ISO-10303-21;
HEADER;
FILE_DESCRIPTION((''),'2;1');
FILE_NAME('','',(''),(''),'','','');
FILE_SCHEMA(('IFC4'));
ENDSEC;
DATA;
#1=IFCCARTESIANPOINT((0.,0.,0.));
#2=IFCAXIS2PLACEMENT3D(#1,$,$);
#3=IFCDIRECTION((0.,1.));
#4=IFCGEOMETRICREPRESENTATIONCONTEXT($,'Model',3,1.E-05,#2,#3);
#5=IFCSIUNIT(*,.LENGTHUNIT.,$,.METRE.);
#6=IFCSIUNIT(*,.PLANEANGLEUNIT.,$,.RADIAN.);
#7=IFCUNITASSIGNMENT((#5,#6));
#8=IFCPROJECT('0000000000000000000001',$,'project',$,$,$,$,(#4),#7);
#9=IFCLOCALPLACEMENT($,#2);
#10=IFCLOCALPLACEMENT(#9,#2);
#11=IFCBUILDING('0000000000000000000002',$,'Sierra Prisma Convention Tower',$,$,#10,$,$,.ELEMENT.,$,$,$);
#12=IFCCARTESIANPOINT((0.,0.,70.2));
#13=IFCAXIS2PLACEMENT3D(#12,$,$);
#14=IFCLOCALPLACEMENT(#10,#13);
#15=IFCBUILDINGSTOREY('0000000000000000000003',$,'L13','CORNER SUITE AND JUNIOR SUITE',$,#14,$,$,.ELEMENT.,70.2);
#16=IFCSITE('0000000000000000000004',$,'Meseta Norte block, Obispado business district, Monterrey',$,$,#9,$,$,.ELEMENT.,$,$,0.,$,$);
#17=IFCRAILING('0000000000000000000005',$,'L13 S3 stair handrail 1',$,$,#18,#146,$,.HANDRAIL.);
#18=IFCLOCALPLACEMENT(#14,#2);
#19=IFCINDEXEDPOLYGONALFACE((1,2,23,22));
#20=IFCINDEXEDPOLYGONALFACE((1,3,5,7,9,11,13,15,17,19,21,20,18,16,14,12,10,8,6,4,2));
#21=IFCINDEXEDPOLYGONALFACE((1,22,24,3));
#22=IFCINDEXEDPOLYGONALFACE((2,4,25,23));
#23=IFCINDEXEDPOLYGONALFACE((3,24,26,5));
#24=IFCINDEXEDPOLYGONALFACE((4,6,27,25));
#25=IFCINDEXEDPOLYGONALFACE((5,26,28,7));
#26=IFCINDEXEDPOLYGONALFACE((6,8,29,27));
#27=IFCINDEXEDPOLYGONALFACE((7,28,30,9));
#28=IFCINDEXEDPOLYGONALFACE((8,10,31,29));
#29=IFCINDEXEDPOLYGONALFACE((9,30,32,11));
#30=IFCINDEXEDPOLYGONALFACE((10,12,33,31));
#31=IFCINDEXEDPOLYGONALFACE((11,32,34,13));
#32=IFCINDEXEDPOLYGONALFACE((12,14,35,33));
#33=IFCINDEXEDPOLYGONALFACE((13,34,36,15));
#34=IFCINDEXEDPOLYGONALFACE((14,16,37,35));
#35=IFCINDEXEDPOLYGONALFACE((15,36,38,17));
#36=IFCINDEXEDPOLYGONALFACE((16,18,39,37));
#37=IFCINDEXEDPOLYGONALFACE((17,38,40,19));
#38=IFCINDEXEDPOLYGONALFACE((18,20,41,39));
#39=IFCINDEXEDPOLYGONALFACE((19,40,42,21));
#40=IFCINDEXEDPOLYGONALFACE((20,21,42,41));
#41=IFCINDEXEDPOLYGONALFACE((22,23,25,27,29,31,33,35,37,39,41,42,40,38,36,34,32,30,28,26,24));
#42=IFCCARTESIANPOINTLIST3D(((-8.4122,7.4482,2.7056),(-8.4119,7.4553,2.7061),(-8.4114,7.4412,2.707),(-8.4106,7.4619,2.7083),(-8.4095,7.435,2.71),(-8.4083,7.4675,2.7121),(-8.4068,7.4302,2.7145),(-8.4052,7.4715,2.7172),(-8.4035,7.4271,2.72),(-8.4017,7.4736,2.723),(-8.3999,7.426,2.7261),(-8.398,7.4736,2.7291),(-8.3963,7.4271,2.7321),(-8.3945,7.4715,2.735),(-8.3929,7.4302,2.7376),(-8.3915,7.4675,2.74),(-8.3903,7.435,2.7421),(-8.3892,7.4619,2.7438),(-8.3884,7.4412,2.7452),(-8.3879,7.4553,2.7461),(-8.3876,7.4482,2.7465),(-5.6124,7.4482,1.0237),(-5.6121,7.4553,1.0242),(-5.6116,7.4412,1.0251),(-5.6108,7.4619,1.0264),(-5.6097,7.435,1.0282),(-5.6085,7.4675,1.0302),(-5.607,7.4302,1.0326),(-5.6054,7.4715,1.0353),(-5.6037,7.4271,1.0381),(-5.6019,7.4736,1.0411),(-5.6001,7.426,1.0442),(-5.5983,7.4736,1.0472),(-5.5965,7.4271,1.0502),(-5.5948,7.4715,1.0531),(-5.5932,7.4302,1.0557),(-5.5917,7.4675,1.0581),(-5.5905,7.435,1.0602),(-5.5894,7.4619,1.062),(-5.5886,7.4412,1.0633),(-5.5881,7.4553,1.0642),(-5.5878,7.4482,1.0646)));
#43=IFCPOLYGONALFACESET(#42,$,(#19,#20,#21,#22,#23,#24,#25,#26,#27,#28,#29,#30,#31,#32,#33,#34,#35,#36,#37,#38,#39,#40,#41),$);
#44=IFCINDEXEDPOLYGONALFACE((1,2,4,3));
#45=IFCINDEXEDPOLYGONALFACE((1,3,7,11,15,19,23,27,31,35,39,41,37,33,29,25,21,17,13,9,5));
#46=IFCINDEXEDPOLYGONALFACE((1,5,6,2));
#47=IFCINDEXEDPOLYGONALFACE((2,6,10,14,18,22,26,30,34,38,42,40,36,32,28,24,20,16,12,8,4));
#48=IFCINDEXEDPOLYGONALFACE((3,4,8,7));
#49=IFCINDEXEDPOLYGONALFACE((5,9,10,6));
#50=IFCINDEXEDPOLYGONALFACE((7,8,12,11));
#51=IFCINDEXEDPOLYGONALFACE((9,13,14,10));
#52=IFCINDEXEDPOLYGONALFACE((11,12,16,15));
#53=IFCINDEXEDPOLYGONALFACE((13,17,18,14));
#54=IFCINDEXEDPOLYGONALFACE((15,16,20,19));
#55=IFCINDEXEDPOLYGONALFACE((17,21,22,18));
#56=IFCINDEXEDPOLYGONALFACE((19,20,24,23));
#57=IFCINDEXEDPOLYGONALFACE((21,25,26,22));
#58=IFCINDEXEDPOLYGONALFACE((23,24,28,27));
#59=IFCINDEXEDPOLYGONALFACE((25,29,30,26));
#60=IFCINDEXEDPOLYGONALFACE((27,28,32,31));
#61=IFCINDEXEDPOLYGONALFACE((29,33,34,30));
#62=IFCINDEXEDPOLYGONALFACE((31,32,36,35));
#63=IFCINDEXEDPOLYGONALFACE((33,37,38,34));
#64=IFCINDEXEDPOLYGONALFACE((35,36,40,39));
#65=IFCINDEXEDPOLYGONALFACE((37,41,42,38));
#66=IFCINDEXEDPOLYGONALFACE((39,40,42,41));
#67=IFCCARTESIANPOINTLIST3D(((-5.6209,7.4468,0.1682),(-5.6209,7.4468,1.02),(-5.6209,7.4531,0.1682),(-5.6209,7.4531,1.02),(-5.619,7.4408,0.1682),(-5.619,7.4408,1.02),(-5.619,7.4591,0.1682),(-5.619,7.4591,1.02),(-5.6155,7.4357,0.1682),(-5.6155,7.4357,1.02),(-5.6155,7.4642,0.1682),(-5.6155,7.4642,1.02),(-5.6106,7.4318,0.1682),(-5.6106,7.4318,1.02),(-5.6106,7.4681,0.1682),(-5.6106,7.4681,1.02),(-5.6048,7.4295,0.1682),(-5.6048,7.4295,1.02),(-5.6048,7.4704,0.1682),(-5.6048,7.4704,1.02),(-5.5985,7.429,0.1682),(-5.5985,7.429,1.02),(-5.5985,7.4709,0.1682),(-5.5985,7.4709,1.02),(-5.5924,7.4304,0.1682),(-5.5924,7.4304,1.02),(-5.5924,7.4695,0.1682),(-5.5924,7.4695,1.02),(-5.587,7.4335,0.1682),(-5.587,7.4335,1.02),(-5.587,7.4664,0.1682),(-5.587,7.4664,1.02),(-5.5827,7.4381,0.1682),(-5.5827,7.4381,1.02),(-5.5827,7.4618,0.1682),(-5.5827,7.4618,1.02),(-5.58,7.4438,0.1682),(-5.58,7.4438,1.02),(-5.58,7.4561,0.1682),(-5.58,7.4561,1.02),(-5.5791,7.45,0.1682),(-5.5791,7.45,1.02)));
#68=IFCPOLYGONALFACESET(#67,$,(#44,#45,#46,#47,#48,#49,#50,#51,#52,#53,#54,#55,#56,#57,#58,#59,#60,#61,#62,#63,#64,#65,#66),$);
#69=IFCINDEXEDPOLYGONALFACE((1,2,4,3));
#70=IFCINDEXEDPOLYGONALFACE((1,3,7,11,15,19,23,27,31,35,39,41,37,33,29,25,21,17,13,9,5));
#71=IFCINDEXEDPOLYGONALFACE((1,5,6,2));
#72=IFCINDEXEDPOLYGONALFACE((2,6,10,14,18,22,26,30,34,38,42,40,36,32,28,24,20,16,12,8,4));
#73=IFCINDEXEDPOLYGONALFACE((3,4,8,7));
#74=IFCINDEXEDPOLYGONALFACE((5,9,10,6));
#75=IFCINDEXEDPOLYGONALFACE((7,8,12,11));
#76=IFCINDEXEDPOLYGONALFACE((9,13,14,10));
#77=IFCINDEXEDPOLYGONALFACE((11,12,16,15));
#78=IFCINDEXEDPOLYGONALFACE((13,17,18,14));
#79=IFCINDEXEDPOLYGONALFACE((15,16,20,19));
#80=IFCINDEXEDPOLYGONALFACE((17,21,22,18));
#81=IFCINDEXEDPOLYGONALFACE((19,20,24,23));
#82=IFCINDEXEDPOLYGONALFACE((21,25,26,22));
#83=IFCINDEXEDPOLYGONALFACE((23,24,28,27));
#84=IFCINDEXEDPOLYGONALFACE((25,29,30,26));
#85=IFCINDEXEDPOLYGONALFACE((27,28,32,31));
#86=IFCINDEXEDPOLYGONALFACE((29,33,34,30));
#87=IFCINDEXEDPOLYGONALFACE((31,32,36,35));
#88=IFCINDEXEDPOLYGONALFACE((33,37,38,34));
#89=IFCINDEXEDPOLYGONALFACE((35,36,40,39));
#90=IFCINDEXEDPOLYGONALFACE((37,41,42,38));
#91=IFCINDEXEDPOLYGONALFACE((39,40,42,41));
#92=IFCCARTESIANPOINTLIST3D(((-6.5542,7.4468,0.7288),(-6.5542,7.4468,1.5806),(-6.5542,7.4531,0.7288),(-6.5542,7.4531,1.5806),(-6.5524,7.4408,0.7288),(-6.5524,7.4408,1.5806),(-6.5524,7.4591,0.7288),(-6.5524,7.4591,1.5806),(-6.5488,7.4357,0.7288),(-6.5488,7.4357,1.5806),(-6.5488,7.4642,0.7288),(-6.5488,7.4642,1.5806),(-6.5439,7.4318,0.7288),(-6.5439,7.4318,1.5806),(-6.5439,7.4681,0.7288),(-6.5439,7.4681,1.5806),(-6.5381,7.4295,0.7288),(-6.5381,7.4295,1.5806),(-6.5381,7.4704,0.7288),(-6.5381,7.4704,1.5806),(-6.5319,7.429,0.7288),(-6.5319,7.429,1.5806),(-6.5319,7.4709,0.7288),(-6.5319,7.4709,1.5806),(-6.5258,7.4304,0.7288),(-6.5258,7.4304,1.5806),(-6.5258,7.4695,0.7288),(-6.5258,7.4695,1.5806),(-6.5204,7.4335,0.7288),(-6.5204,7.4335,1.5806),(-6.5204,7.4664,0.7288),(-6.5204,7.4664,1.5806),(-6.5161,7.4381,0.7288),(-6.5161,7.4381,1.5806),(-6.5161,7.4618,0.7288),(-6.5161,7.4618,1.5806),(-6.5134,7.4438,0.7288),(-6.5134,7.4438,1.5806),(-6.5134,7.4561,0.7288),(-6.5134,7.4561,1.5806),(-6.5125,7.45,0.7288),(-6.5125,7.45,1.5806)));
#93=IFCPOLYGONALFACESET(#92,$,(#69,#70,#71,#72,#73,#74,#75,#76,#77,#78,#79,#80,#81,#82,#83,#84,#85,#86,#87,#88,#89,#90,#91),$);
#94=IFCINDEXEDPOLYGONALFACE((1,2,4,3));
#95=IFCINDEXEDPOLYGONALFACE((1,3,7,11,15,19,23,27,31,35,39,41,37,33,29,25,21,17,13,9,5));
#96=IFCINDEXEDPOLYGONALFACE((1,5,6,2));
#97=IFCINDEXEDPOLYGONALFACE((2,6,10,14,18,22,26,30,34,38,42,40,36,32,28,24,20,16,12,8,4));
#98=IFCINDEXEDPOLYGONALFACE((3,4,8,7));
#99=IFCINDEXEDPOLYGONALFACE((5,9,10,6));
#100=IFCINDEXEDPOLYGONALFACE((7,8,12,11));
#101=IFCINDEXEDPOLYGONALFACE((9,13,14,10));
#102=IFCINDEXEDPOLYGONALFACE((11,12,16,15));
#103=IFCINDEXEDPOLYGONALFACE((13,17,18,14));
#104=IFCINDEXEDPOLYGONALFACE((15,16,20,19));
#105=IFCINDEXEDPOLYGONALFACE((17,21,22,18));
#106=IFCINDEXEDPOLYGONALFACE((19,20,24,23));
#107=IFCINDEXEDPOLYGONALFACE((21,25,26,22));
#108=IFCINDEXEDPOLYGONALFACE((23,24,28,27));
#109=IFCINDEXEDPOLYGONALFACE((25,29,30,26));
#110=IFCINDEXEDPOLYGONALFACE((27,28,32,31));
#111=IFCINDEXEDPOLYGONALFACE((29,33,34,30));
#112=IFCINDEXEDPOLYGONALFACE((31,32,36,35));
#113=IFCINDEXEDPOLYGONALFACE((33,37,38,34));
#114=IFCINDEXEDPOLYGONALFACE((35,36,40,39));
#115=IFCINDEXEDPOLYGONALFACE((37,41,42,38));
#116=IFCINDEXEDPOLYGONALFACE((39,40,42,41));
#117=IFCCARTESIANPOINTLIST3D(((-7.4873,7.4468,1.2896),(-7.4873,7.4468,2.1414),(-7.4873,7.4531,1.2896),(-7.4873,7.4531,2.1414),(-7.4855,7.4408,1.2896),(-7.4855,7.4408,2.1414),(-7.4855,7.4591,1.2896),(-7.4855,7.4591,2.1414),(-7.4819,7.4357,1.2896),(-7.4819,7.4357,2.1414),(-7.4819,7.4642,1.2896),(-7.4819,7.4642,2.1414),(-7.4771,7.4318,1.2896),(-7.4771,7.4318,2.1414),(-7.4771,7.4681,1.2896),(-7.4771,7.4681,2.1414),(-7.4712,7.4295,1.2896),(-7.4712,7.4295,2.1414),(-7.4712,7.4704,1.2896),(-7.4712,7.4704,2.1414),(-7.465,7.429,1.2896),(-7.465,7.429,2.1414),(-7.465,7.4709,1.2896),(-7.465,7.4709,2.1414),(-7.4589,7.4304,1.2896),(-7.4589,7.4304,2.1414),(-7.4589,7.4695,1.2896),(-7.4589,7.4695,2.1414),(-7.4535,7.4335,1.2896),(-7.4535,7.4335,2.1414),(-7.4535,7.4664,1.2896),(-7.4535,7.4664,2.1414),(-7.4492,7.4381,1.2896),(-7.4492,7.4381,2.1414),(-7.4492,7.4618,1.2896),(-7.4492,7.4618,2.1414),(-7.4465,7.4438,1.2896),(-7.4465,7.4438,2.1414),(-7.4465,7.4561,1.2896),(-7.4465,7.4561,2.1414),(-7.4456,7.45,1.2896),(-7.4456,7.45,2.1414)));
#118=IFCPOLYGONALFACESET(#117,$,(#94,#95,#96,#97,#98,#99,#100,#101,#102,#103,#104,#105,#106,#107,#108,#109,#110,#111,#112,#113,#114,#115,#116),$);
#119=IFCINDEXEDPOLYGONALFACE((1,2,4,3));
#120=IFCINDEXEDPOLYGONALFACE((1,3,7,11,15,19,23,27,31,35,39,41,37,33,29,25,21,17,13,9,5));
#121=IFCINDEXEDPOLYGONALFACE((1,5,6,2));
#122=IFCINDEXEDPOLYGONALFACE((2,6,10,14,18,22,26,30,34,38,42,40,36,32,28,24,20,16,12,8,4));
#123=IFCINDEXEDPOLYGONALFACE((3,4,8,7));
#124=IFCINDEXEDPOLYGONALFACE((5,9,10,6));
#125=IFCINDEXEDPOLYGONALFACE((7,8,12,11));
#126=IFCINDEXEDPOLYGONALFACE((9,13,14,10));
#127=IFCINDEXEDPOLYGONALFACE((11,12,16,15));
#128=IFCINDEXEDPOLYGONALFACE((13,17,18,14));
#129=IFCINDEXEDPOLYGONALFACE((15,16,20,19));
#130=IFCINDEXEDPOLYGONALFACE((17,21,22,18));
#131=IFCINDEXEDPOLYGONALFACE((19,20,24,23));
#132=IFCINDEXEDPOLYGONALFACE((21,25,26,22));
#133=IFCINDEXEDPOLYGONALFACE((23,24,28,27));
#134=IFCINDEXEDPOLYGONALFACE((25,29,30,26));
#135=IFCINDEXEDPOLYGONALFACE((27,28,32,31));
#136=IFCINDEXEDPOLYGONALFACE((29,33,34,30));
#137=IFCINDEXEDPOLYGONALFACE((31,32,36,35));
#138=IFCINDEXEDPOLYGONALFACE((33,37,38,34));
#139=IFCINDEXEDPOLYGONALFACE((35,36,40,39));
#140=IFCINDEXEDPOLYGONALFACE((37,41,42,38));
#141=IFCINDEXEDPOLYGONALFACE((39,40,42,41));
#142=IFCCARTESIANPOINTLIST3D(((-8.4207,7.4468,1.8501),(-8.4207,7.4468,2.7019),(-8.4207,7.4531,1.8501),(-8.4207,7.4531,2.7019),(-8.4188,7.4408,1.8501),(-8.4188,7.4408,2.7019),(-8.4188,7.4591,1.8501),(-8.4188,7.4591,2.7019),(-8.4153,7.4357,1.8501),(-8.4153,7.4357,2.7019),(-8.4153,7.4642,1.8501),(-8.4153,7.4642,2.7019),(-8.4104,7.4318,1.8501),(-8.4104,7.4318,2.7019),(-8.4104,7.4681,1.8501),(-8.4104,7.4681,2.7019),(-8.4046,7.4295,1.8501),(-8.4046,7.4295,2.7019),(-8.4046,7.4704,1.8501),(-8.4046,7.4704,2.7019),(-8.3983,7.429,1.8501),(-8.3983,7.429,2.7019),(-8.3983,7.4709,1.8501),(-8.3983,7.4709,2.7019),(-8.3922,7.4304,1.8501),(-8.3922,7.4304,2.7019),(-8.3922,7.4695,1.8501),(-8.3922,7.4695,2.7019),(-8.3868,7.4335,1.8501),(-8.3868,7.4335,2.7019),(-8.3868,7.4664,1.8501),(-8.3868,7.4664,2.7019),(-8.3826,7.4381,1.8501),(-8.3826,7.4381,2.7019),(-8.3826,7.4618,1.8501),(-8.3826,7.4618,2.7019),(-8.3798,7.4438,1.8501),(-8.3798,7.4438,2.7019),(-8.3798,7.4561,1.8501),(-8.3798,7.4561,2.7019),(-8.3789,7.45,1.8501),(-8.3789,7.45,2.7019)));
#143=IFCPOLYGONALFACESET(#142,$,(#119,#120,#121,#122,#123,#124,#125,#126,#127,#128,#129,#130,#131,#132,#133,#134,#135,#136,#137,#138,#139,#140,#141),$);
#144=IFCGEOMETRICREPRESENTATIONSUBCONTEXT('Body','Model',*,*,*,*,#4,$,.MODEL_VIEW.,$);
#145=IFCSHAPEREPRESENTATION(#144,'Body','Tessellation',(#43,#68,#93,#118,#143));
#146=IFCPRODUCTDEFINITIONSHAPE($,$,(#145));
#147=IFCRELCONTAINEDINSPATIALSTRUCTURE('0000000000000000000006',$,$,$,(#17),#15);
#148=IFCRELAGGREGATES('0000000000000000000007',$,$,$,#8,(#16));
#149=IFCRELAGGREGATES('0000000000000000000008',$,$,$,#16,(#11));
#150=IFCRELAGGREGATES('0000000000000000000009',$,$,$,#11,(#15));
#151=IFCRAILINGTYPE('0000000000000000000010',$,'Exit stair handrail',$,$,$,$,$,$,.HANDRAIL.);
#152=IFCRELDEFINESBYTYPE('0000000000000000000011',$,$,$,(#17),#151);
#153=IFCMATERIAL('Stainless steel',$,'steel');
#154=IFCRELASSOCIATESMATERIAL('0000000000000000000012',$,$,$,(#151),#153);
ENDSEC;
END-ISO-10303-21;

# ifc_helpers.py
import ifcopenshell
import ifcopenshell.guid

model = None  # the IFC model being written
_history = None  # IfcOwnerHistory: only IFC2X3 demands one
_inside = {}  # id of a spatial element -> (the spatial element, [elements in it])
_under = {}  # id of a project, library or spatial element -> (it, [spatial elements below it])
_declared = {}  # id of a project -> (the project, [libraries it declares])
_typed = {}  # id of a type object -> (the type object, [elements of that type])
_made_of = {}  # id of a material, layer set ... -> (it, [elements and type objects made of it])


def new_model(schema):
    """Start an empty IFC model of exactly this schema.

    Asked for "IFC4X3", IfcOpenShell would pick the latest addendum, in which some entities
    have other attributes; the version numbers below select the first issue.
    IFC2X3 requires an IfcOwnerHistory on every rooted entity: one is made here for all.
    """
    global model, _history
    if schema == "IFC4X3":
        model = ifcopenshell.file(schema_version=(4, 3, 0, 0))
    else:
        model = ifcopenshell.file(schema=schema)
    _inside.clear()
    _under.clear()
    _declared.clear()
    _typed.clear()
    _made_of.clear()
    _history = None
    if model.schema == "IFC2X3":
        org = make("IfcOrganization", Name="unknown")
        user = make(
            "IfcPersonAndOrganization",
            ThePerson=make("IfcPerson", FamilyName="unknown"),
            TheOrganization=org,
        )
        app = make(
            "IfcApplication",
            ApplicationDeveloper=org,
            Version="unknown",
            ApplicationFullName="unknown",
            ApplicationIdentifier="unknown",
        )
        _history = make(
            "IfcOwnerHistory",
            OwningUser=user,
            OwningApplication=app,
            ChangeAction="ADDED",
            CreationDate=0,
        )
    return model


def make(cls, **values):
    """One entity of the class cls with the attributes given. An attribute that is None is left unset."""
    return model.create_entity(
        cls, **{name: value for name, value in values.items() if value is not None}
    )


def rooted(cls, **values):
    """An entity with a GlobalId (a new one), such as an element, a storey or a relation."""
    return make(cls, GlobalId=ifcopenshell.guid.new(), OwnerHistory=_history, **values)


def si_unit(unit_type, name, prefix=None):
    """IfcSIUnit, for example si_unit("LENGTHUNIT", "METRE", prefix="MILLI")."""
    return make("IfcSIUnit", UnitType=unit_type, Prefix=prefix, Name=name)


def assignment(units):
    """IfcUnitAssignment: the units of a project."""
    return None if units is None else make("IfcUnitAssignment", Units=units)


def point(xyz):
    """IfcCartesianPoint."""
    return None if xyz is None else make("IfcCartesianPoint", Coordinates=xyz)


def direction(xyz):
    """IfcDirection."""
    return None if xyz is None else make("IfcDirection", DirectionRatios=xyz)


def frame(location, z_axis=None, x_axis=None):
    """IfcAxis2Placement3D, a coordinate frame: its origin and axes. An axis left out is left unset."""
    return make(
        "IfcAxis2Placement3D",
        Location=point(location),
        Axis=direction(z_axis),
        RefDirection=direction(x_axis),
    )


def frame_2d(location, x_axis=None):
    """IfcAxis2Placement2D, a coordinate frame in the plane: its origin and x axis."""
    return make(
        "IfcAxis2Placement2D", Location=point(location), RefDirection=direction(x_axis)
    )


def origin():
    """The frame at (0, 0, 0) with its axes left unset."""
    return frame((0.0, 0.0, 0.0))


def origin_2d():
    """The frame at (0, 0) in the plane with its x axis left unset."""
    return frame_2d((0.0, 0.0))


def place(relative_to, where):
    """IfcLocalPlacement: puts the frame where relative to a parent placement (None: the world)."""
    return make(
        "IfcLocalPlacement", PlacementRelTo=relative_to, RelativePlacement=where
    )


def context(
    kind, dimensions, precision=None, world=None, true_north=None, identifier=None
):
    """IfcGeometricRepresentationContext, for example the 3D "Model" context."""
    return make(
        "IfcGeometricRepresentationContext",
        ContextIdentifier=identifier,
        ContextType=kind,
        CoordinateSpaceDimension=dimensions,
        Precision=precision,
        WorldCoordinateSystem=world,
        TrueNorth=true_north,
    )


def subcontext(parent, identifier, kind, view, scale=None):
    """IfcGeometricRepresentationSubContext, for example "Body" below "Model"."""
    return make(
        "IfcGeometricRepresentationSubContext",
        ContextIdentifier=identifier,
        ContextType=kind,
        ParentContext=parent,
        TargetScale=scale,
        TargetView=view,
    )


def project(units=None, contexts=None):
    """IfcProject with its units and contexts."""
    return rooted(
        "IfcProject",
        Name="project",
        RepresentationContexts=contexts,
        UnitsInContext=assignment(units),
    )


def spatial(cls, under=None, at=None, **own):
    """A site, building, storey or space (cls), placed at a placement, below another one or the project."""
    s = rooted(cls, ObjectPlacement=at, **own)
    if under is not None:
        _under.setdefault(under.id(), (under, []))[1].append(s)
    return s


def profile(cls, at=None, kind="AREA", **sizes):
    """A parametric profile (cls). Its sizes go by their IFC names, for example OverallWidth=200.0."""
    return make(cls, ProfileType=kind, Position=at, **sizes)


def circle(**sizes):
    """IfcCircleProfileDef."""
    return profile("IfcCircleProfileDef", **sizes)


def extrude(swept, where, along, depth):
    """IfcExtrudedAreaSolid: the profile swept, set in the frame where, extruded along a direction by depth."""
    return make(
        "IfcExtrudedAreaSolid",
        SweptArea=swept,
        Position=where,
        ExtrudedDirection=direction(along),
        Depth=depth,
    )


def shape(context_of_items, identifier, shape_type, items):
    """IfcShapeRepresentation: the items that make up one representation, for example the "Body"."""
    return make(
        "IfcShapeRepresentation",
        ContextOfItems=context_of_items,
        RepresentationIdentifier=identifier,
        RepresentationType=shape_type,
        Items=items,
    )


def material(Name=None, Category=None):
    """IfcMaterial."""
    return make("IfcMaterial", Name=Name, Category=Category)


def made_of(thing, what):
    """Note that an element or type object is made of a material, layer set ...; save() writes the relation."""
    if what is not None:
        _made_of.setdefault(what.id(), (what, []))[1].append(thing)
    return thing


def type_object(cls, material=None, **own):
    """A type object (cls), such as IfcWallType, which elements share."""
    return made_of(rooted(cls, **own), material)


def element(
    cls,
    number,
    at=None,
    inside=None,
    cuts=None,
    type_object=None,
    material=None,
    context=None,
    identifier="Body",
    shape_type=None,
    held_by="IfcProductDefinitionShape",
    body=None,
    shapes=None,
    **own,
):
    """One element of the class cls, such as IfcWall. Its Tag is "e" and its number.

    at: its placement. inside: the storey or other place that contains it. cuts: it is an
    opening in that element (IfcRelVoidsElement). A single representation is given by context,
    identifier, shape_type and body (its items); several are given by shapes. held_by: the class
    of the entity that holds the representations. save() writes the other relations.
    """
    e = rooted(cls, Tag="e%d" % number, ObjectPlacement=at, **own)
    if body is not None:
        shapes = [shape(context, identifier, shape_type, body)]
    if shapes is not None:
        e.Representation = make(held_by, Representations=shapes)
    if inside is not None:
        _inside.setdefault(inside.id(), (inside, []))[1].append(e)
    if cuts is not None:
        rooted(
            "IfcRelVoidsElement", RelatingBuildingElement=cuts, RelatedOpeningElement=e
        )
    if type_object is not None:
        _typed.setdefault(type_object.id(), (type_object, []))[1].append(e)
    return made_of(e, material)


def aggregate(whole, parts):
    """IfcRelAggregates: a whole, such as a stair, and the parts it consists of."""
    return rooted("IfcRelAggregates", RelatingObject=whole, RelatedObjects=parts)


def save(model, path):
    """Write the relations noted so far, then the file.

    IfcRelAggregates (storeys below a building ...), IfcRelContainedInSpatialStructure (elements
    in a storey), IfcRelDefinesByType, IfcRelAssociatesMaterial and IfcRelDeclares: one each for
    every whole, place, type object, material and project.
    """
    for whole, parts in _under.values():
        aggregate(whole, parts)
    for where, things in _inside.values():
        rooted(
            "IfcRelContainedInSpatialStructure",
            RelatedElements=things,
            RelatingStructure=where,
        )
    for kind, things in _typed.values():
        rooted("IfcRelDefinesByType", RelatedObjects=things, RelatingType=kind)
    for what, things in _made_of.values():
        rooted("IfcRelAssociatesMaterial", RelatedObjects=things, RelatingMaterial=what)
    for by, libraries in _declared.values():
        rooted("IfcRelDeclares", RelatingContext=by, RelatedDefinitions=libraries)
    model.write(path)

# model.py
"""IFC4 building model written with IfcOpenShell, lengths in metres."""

from ifc_helpers import new_model, si_unit, direction, frame, origin, origin_2d, place, context, subcontext, project, spatial, circle, extrude, material, type_object, element, save


model = new_model("IFC4")

# Units and contexts
model_context = context("Model", 3, precision=1e-05, world=origin(), true_north=direction((0.0, 1.0)))
body_context = subcontext(model_context, "Body", "Model", "MODEL_VIEW")
ifc_project = project(units=[si_unit("LENGTHUNIT", "METRE"), si_unit("PLANEANGLEUNIT", "RADIAN")], contexts=[model_context])

# Site, building, storey
site_placement = place(None, origin())
site = spatial("IfcSite", under=ifc_project, at=site_placement, Name="Meseta Norte block, Obispado business district, Monterrey", CompositionType="ELEMENT", RefElevation=0.0)
building_placement = place(site_placement, origin())
building = spatial("IfcBuilding", under=site, at=building_placement, Name="Sierra Prisma Convention Tower", CompositionType="ELEMENT")
storey_placement = place(building_placement, frame((0.0, 0.0, 70.2)))
storey = spatial("IfcBuildingStorey", under=building, at=storey_placement, Name="L13", Description="CORNER SUITE AND JUNIOR SUITE", CompositionType="ELEMENT", Elevation=70.2)

# Railing
ifc_material_1 = material(Name="Stainless steel", Category="steel")
railing_type_1 = type_object("IfcRailingType", Name="Exit stair handrail", PredefinedType="HANDRAIL", material=ifc_material_1)
railing_1_placement = place(storey_placement, frame((-5.6001, 7.45, 0.1682)))
element("IfcRailing", 1, at=railing_1_placement, inside=storey, type_object=railing_type_1, Name="L13 S3 stair handrail 1", PredefinedType="HANDRAIL", context=body_context, shape_type="SweptSolid", body=[
    extrude(circle(Radius=0.0239, at=origin_2d()), frame((0.0, 0.0, 0.876), z_axis=(-0.857222, 0.0, 0.514946), x_axis=(0.0, -1.0, 0.0)), (0.0, 0.0, 1.0), 3.2661),
    extrude(circle(Radius=0.021, at=origin_2d()), origin(), (0.0, 0.0, 1.0), 0.8518),
    extrude(circle(Radius=0.021, at=origin_2d()), frame((-0.9333, 0.0, 0.5605)), (0.0, 0.0, 1.0), 0.8518),
    extrude(circle(Radius=0.021, at=origin_2d()), frame((-1.8665, 0.0, 1.1213)), (0.0, 0.0, 1.0), 0.8518),
    extrude(circle(Radius=0.021, at=origin_2d()), frame((-2.7998, 0.0, 1.6819)), (0.0, 0.0, 1.0), 0.8518),
])

save(model, "model.ifc")
